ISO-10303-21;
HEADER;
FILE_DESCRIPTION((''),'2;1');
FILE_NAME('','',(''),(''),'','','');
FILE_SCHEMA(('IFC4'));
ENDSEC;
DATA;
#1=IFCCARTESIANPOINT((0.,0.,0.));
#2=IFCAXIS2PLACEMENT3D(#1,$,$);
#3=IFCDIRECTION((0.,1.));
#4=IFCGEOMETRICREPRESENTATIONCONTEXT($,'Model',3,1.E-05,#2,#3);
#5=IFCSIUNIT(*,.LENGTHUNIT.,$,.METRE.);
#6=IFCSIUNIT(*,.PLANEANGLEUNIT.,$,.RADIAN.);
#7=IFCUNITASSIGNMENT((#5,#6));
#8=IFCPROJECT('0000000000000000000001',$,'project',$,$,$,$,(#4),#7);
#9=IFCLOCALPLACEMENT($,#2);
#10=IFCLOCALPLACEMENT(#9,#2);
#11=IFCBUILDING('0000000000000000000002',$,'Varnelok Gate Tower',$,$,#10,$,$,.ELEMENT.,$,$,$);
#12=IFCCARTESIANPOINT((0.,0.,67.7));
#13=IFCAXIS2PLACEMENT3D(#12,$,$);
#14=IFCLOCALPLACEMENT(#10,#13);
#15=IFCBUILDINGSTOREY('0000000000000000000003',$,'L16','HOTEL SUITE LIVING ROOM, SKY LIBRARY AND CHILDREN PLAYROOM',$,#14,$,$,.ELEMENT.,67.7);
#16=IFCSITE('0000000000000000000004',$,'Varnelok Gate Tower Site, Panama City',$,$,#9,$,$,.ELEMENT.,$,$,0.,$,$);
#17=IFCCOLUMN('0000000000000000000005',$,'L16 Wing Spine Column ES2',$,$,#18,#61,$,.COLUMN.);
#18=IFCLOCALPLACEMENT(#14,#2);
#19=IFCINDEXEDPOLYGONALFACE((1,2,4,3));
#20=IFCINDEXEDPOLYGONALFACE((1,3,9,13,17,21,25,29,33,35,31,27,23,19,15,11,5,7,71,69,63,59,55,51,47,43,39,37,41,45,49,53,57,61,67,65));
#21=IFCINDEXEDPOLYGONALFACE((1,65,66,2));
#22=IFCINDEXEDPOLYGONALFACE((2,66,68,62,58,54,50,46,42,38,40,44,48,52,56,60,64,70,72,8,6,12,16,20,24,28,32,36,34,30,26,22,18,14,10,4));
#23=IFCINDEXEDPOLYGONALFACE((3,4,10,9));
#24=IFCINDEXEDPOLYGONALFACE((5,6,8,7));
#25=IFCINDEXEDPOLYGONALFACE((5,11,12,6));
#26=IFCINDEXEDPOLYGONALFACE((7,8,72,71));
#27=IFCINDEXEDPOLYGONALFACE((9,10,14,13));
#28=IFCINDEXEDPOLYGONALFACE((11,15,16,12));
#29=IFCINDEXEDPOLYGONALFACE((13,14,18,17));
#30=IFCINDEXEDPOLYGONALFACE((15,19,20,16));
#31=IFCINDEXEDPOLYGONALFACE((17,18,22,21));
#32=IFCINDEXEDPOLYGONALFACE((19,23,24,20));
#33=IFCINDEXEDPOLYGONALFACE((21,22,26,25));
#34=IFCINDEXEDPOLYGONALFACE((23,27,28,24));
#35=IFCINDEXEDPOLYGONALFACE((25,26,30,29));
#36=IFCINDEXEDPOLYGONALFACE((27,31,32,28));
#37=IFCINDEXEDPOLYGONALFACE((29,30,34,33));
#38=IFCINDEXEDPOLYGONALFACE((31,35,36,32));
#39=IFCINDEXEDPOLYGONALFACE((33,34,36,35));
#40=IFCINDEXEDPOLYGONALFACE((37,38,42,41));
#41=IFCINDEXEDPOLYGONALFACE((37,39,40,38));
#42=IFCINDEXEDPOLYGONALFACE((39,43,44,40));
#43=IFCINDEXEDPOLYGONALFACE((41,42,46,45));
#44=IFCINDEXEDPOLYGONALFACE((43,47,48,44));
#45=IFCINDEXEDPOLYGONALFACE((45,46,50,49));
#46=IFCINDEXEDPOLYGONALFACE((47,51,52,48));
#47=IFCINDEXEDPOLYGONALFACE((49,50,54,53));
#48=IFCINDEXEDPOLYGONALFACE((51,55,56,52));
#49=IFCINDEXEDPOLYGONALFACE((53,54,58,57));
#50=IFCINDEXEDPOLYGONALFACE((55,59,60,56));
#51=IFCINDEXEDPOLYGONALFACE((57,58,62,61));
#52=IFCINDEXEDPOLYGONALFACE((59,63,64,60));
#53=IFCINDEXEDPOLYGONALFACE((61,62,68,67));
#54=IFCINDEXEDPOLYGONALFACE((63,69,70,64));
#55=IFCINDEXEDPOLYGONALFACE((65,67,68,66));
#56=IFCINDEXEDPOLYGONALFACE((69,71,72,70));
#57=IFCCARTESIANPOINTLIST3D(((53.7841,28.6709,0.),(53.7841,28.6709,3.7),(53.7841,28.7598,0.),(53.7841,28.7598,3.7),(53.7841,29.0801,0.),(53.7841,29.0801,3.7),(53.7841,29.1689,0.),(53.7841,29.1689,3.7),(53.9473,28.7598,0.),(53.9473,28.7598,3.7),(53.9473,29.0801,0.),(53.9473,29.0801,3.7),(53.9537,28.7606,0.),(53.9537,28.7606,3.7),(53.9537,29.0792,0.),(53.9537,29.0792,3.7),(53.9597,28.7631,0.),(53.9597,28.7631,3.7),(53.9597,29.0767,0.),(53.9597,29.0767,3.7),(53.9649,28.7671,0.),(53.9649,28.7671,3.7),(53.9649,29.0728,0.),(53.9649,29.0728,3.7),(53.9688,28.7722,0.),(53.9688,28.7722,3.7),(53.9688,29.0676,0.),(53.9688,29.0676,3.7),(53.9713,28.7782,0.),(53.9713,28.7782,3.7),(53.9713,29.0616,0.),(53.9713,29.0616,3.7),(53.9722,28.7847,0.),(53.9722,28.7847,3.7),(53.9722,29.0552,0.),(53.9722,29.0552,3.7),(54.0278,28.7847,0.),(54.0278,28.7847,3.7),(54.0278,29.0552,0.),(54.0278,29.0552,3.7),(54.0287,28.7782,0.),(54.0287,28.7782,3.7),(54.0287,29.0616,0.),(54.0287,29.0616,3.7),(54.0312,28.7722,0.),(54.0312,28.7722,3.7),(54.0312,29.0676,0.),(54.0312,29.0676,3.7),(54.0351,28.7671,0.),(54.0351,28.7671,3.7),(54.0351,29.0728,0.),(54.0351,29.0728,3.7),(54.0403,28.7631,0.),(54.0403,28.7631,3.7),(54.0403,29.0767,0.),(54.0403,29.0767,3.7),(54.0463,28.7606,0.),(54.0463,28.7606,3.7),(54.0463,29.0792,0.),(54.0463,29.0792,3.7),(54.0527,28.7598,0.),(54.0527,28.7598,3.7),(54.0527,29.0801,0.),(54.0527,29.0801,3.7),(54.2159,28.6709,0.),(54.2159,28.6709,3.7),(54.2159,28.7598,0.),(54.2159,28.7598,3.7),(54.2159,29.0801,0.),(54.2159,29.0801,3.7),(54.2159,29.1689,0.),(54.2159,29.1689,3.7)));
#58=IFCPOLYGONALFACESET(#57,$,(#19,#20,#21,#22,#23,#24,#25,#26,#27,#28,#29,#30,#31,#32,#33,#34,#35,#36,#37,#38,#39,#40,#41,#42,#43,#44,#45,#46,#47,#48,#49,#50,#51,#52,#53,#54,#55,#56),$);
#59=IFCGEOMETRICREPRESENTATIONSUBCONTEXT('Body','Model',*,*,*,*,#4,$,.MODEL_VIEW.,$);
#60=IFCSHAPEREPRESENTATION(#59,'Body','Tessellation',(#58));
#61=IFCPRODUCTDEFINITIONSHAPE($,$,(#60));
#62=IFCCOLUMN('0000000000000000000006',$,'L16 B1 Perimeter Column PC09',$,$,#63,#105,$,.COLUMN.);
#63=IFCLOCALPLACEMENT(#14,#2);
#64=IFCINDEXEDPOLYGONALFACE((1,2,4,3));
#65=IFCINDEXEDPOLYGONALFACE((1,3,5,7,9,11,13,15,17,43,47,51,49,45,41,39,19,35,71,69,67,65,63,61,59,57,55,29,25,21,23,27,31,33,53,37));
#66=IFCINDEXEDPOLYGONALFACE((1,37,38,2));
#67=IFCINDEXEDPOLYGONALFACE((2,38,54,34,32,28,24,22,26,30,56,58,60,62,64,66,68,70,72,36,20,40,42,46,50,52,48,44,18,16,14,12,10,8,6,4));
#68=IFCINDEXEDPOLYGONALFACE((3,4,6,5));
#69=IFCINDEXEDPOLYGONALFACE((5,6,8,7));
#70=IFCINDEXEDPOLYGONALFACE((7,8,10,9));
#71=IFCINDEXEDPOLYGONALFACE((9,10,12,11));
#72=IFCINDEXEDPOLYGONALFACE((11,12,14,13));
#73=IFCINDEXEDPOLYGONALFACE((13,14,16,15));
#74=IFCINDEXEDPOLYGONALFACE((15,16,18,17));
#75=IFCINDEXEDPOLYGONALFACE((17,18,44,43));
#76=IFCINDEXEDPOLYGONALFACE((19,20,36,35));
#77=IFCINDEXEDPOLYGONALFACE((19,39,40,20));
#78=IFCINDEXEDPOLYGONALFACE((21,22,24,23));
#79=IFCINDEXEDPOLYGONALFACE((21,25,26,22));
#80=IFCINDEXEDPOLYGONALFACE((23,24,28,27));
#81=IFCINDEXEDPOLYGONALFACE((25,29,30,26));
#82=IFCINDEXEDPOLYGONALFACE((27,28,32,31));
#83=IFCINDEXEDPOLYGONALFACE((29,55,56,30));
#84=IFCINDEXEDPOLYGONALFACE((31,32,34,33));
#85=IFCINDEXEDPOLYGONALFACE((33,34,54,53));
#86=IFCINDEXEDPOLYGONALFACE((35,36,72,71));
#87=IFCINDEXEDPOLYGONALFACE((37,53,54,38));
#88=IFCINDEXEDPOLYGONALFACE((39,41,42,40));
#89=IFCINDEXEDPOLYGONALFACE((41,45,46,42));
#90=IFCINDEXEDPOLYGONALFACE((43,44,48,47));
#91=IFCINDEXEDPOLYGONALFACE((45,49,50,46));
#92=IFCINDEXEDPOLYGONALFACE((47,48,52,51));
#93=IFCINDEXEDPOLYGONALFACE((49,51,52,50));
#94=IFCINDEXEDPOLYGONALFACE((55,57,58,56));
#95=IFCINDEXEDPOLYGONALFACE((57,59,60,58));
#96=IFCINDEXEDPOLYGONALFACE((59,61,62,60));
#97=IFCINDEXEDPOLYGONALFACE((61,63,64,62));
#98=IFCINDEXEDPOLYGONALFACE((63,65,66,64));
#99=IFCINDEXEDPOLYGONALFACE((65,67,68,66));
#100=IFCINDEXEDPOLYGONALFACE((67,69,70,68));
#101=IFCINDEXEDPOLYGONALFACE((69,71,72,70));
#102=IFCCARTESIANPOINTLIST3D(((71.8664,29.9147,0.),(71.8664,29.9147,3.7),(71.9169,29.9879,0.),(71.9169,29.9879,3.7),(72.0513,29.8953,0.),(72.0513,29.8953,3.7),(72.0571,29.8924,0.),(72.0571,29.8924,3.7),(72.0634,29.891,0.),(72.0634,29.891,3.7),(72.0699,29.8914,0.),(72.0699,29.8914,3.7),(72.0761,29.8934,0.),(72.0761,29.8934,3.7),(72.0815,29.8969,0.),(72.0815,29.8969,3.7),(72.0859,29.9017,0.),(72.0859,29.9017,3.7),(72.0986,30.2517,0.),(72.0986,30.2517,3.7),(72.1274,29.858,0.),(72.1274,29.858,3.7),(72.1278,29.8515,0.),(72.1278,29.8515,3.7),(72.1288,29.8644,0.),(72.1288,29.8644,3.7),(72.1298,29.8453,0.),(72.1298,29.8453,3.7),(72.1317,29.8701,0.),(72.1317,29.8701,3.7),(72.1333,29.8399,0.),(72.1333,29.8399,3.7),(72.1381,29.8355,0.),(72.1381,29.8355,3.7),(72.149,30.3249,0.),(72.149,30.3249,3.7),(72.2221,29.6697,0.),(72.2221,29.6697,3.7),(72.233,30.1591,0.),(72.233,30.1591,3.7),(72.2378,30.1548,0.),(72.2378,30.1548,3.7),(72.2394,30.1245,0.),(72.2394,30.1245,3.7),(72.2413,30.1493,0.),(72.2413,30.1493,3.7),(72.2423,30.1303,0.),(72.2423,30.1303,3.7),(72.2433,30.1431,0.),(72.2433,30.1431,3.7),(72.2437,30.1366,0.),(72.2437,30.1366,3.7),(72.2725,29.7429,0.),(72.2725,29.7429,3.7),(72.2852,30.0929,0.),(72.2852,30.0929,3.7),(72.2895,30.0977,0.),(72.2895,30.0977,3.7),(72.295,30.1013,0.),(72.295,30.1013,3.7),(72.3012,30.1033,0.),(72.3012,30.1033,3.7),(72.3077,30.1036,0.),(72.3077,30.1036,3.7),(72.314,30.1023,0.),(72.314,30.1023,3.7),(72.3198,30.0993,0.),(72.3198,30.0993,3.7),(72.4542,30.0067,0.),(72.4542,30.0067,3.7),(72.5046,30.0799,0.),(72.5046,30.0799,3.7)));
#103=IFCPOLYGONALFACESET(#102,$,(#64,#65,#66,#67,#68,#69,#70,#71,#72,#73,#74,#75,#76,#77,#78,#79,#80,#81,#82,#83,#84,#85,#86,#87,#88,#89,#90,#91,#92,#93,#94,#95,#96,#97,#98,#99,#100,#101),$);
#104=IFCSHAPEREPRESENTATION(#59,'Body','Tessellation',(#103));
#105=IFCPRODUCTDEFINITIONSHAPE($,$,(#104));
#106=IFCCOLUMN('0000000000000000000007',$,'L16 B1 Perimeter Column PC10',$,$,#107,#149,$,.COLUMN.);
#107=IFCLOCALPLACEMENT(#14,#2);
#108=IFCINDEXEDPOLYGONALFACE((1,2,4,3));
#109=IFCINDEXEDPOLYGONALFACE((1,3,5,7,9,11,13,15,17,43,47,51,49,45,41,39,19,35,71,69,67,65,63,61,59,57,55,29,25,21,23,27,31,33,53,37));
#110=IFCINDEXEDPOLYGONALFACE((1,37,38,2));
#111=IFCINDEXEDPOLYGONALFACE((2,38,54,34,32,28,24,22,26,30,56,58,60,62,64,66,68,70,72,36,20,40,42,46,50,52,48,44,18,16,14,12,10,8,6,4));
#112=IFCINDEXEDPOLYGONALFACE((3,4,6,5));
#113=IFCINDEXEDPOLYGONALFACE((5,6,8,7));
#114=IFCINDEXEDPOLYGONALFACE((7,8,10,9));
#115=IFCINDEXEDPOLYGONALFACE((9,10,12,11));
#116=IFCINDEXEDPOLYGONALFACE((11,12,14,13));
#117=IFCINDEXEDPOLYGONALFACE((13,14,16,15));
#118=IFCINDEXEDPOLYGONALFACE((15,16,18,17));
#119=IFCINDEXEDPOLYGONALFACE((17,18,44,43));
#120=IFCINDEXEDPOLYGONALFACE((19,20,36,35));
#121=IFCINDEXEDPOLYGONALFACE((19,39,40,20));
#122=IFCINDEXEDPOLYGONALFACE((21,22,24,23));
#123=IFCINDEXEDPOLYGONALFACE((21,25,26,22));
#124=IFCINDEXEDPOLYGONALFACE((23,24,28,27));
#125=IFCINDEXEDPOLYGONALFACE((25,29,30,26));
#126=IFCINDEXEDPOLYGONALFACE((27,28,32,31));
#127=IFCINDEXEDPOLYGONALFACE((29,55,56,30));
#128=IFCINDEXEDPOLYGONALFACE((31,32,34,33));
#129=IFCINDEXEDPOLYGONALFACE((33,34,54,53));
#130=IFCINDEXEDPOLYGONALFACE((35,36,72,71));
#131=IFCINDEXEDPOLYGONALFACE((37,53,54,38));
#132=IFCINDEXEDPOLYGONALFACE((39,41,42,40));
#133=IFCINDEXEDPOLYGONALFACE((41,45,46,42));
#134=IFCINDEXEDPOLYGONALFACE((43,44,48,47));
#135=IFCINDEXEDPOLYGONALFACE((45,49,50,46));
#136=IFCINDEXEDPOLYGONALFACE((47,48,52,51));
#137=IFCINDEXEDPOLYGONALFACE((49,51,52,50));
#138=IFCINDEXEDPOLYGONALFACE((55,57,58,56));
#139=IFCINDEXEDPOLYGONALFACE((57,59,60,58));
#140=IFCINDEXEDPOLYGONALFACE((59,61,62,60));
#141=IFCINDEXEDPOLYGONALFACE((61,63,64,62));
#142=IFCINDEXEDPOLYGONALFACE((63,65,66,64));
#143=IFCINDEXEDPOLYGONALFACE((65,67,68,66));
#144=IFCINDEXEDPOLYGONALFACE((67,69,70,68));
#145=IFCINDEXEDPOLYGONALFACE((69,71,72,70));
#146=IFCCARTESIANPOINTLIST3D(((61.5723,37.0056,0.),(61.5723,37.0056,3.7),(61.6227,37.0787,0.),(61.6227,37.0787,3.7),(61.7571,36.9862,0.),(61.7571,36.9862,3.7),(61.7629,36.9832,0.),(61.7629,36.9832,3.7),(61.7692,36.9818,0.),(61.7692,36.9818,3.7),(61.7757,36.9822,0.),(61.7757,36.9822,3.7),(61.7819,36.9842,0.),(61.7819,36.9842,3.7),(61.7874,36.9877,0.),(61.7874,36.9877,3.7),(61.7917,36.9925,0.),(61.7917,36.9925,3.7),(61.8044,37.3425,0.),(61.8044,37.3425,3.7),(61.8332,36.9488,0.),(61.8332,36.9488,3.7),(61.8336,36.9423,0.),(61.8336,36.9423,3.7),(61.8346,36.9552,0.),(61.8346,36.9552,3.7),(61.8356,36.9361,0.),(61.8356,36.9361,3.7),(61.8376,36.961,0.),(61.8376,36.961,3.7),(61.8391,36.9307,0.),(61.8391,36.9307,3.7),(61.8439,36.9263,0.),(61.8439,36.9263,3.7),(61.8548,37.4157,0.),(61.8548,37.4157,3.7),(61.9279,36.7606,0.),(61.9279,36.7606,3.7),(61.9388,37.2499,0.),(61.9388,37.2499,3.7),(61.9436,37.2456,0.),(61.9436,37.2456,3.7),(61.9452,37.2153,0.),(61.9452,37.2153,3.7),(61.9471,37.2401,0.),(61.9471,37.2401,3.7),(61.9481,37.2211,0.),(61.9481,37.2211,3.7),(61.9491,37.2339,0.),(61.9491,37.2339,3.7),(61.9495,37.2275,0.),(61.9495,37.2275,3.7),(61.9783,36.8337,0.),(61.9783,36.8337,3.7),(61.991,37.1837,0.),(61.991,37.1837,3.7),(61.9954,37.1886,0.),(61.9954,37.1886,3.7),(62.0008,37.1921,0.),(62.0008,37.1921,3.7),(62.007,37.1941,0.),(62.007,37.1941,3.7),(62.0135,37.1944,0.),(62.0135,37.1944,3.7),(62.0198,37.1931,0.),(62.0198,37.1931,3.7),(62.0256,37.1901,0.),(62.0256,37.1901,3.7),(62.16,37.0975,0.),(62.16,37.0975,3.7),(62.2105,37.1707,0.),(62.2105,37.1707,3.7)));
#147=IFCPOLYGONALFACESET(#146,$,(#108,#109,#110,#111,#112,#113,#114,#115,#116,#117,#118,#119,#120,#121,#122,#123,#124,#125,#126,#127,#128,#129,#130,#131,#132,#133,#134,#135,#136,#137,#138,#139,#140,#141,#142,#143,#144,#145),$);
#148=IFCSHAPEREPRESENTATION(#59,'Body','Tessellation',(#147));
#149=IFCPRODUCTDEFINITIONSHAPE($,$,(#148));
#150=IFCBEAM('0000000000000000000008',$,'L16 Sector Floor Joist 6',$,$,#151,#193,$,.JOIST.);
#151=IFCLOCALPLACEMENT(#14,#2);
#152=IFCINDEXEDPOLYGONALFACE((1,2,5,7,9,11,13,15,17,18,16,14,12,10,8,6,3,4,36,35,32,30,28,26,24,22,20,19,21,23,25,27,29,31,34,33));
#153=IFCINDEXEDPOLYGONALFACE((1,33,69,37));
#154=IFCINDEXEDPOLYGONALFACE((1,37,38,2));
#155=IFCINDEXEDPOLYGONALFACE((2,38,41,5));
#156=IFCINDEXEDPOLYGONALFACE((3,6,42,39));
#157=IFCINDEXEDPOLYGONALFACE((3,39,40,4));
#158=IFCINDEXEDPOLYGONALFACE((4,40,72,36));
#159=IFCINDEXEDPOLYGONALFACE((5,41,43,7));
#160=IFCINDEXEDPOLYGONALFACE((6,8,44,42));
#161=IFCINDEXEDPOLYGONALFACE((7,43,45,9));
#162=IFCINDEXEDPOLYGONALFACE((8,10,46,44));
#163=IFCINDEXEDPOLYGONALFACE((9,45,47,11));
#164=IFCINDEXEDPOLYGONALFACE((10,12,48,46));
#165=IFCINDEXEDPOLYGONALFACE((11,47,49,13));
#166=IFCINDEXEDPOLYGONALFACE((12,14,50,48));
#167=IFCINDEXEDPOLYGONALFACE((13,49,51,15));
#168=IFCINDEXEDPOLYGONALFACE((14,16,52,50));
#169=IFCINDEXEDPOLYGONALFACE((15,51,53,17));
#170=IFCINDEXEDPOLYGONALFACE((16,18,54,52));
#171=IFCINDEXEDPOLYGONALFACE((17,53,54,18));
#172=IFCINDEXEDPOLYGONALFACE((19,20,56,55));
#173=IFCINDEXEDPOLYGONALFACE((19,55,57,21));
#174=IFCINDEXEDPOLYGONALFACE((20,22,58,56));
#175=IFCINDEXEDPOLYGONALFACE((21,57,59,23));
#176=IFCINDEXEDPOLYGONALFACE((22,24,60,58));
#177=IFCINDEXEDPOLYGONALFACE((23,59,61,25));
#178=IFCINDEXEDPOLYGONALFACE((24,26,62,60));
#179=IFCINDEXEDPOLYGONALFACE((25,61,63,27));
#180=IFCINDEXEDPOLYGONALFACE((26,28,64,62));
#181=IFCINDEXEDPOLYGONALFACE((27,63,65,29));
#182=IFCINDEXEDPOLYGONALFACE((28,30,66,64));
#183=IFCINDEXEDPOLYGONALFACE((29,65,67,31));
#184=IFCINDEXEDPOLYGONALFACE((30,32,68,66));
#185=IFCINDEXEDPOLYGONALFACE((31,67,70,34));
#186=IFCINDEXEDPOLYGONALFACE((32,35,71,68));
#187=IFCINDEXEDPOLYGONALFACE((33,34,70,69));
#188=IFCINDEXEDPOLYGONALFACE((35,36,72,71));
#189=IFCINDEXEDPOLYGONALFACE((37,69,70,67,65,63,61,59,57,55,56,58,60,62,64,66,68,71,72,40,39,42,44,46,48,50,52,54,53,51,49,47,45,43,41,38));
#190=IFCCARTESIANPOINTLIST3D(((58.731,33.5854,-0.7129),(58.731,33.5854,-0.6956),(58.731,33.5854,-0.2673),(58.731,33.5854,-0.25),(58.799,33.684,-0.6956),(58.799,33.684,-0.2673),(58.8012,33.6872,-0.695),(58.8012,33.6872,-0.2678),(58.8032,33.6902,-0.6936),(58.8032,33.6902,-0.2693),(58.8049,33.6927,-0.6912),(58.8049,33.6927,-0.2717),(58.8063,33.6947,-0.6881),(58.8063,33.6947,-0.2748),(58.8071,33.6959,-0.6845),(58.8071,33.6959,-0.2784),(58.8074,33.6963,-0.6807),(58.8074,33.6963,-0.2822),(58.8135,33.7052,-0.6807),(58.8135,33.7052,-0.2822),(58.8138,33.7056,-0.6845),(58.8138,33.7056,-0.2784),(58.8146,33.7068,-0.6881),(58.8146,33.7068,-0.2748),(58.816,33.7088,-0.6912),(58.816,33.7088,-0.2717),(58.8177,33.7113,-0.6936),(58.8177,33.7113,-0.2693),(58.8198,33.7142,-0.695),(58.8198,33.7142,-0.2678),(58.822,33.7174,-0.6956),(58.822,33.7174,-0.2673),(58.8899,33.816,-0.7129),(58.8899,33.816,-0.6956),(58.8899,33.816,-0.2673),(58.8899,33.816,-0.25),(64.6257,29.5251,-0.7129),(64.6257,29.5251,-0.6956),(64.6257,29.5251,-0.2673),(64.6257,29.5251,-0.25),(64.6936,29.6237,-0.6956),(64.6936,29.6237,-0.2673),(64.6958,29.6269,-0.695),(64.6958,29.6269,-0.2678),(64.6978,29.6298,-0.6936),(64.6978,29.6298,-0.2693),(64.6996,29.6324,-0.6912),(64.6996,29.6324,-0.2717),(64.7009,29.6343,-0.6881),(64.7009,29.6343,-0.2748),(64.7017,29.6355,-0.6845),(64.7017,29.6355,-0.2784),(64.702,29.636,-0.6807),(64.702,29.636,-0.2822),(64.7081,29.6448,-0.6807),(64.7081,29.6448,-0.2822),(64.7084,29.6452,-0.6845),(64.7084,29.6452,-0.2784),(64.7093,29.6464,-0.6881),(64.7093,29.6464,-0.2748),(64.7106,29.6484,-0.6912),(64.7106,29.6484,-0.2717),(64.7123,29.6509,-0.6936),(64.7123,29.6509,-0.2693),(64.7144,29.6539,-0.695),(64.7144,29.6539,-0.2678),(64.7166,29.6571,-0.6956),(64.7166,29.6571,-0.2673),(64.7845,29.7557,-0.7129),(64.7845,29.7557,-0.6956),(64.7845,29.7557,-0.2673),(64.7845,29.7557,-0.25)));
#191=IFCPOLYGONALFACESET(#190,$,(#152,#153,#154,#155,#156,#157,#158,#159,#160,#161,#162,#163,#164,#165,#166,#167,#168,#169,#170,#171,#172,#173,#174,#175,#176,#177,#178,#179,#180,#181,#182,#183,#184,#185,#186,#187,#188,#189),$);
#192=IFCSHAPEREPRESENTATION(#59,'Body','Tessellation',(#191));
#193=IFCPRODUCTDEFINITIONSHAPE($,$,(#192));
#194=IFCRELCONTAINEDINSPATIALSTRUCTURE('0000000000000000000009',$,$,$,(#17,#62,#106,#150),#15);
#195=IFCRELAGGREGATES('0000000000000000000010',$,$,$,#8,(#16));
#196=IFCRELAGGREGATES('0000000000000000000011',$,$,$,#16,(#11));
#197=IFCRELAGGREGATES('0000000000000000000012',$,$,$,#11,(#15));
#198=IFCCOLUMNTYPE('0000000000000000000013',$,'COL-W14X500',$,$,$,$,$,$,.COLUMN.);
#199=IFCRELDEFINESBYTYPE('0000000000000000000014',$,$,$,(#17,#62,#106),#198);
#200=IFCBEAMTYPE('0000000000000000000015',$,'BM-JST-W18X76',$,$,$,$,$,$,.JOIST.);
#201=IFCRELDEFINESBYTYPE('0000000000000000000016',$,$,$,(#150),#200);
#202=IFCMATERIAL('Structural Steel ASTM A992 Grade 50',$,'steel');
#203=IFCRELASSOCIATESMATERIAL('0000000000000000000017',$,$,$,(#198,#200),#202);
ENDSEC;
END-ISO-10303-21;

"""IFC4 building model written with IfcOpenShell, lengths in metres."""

from ifc_helpers import new_model, si_unit, direction, frame, origin, origin_2d, place, context, subcontext, project, spatial, i_section, extrude, material, material_profile, profile_set, type_object, element, save


model = new_model("IFC4")

# Units and contexts
model_context = context("Model", 3, precision=1e-05, world=origin(), true_north=direction((0.0, 1.0)))
body_context = subcontext(model_context, "Body", "Model", "MODEL_VIEW")
ifc_project = project(units=[si_unit("LENGTHUNIT", "METRE"), si_unit("PLANEANGLEUNIT", "RADIAN")], contexts=[model_context])

# Site, building, storey
site_placement = place(None, origin())
site = spatial("IfcSite", under=ifc_project, at=site_placement, Name="Varnelok Gate Tower Site, Panama City", CompositionType="ELEMENT", RefElevation=0.0)
building_placement = place(site_placement, origin())
building = spatial("IfcBuilding", under=site, at=building_placement, Name="Varnelok Gate Tower", CompositionType="ELEMENT")
storey_placement = place(building_placement, frame((0.0, 0.0, 67.7)))
storey = spatial("IfcBuildingStorey", under=building, at=storey_placement, Name="L16", Description="HOTEL SUITE LIVING ROOM, SKY LIBRARY AND CHILDREN PLAYROOM", CompositionType="ELEMENT", Elevation=67.7)

# Columns
ifc_material_1 = material(Name="Structural Steel ASTM A992 Grade 50", Category="steel")
ifc_material_profile_1 = material_profile(ifc_material_1, i_section(OverallWidth=0.4319, OverallDepth=0.498, WebThickness=0.0557, FlangeThickness=0.0889, FilletRadius=0.0249, at=origin_2d()), Name="W14X500")
ifc_profile_set_1 = profile_set([ifc_material_profile_1], Name="Structural Steel ASTM A992 Grade 50")
column_type = type_object("IfcColumnType", Name="COL-W14X500", PredefinedType="COLUMN", material=ifc_profile_set_1)
for number, where, z_axis, x_axis, name in (
    (1, (54.0, 28.9199, 0.0), (0.0, 0.0, 1.0), (1.0, 0.0, 0.0), "L16 Wing Spine Column ES2"),
    (2, (72.1855, 29.9973, 0.0), (0.0, 0.0, 1.0), (0.823533, -0.567269, 0.0), "L16 B1 Perimeter Column PC09"),
    (3, (61.8914, 37.0881, 0.0), (0.0, 0.0, 1.0), (0.823533, -0.567269, 0.0), "L16 B1 Perimeter Column PC10"),
):
    element("IfcColumn", number, at=place(storey_placement, frame(where, z_axis=z_axis, x_axis=x_axis)), inside=storey, type_object=column_type, Name=name, PredefinedType="COLUMN", context=body_context, shape_type="SweptSolid", body=[
        extrude(i_section(OverallWidth=0.4319, OverallDepth=0.498, WebThickness=0.0557, FlangeThickness=0.0889, FilletRadius=0.0249, at=origin_2d()), origin(), (0.0, 0.0, 1.0), 3.7),
    ])

# Beam
ifc_material_profile_2 = material_profile(ifc_material_1, i_section(OverallWidth=0.28, OverallDepth=0.4629, WebThickness=0.0107, FlangeThickness=0.0173, FilletRadius=0.0149, at=origin_2d()), Name="W18X76")
ifc_profile_set_2 = profile_set([ifc_material_profile_2], Name="Structural Steel ASTM A992 Grade 50")
beam_type_1 = type_object("IfcBeamType", Name="BM-JST-W18X76", PredefinedType="JOIST", material=ifc_profile_set_2)
beam_1_placement = place(storey_placement, frame((64.7051, 29.6404, -0.4814), z_axis=(-0.823532, 0.56727, 0.0), x_axis=(-0.56727, -0.823532, 0.0)))
element("IfcBeam", 4, at=beam_1_placement, inside=storey, type_object=beam_type_1, Name="L16 Sector Floor Joist 6", PredefinedType="JOIST", context=body_context, shape_type="SweptSolid", body=[
    extrude(i_section(OverallWidth=0.28, OverallDepth=0.4629, WebThickness=0.0107, FlangeThickness=0.0173, FilletRadius=0.0149, at=origin_2d()), origin(), (0.0, 0.0, 1.0), 7.1577),
])

save(model, "model.ifc")
